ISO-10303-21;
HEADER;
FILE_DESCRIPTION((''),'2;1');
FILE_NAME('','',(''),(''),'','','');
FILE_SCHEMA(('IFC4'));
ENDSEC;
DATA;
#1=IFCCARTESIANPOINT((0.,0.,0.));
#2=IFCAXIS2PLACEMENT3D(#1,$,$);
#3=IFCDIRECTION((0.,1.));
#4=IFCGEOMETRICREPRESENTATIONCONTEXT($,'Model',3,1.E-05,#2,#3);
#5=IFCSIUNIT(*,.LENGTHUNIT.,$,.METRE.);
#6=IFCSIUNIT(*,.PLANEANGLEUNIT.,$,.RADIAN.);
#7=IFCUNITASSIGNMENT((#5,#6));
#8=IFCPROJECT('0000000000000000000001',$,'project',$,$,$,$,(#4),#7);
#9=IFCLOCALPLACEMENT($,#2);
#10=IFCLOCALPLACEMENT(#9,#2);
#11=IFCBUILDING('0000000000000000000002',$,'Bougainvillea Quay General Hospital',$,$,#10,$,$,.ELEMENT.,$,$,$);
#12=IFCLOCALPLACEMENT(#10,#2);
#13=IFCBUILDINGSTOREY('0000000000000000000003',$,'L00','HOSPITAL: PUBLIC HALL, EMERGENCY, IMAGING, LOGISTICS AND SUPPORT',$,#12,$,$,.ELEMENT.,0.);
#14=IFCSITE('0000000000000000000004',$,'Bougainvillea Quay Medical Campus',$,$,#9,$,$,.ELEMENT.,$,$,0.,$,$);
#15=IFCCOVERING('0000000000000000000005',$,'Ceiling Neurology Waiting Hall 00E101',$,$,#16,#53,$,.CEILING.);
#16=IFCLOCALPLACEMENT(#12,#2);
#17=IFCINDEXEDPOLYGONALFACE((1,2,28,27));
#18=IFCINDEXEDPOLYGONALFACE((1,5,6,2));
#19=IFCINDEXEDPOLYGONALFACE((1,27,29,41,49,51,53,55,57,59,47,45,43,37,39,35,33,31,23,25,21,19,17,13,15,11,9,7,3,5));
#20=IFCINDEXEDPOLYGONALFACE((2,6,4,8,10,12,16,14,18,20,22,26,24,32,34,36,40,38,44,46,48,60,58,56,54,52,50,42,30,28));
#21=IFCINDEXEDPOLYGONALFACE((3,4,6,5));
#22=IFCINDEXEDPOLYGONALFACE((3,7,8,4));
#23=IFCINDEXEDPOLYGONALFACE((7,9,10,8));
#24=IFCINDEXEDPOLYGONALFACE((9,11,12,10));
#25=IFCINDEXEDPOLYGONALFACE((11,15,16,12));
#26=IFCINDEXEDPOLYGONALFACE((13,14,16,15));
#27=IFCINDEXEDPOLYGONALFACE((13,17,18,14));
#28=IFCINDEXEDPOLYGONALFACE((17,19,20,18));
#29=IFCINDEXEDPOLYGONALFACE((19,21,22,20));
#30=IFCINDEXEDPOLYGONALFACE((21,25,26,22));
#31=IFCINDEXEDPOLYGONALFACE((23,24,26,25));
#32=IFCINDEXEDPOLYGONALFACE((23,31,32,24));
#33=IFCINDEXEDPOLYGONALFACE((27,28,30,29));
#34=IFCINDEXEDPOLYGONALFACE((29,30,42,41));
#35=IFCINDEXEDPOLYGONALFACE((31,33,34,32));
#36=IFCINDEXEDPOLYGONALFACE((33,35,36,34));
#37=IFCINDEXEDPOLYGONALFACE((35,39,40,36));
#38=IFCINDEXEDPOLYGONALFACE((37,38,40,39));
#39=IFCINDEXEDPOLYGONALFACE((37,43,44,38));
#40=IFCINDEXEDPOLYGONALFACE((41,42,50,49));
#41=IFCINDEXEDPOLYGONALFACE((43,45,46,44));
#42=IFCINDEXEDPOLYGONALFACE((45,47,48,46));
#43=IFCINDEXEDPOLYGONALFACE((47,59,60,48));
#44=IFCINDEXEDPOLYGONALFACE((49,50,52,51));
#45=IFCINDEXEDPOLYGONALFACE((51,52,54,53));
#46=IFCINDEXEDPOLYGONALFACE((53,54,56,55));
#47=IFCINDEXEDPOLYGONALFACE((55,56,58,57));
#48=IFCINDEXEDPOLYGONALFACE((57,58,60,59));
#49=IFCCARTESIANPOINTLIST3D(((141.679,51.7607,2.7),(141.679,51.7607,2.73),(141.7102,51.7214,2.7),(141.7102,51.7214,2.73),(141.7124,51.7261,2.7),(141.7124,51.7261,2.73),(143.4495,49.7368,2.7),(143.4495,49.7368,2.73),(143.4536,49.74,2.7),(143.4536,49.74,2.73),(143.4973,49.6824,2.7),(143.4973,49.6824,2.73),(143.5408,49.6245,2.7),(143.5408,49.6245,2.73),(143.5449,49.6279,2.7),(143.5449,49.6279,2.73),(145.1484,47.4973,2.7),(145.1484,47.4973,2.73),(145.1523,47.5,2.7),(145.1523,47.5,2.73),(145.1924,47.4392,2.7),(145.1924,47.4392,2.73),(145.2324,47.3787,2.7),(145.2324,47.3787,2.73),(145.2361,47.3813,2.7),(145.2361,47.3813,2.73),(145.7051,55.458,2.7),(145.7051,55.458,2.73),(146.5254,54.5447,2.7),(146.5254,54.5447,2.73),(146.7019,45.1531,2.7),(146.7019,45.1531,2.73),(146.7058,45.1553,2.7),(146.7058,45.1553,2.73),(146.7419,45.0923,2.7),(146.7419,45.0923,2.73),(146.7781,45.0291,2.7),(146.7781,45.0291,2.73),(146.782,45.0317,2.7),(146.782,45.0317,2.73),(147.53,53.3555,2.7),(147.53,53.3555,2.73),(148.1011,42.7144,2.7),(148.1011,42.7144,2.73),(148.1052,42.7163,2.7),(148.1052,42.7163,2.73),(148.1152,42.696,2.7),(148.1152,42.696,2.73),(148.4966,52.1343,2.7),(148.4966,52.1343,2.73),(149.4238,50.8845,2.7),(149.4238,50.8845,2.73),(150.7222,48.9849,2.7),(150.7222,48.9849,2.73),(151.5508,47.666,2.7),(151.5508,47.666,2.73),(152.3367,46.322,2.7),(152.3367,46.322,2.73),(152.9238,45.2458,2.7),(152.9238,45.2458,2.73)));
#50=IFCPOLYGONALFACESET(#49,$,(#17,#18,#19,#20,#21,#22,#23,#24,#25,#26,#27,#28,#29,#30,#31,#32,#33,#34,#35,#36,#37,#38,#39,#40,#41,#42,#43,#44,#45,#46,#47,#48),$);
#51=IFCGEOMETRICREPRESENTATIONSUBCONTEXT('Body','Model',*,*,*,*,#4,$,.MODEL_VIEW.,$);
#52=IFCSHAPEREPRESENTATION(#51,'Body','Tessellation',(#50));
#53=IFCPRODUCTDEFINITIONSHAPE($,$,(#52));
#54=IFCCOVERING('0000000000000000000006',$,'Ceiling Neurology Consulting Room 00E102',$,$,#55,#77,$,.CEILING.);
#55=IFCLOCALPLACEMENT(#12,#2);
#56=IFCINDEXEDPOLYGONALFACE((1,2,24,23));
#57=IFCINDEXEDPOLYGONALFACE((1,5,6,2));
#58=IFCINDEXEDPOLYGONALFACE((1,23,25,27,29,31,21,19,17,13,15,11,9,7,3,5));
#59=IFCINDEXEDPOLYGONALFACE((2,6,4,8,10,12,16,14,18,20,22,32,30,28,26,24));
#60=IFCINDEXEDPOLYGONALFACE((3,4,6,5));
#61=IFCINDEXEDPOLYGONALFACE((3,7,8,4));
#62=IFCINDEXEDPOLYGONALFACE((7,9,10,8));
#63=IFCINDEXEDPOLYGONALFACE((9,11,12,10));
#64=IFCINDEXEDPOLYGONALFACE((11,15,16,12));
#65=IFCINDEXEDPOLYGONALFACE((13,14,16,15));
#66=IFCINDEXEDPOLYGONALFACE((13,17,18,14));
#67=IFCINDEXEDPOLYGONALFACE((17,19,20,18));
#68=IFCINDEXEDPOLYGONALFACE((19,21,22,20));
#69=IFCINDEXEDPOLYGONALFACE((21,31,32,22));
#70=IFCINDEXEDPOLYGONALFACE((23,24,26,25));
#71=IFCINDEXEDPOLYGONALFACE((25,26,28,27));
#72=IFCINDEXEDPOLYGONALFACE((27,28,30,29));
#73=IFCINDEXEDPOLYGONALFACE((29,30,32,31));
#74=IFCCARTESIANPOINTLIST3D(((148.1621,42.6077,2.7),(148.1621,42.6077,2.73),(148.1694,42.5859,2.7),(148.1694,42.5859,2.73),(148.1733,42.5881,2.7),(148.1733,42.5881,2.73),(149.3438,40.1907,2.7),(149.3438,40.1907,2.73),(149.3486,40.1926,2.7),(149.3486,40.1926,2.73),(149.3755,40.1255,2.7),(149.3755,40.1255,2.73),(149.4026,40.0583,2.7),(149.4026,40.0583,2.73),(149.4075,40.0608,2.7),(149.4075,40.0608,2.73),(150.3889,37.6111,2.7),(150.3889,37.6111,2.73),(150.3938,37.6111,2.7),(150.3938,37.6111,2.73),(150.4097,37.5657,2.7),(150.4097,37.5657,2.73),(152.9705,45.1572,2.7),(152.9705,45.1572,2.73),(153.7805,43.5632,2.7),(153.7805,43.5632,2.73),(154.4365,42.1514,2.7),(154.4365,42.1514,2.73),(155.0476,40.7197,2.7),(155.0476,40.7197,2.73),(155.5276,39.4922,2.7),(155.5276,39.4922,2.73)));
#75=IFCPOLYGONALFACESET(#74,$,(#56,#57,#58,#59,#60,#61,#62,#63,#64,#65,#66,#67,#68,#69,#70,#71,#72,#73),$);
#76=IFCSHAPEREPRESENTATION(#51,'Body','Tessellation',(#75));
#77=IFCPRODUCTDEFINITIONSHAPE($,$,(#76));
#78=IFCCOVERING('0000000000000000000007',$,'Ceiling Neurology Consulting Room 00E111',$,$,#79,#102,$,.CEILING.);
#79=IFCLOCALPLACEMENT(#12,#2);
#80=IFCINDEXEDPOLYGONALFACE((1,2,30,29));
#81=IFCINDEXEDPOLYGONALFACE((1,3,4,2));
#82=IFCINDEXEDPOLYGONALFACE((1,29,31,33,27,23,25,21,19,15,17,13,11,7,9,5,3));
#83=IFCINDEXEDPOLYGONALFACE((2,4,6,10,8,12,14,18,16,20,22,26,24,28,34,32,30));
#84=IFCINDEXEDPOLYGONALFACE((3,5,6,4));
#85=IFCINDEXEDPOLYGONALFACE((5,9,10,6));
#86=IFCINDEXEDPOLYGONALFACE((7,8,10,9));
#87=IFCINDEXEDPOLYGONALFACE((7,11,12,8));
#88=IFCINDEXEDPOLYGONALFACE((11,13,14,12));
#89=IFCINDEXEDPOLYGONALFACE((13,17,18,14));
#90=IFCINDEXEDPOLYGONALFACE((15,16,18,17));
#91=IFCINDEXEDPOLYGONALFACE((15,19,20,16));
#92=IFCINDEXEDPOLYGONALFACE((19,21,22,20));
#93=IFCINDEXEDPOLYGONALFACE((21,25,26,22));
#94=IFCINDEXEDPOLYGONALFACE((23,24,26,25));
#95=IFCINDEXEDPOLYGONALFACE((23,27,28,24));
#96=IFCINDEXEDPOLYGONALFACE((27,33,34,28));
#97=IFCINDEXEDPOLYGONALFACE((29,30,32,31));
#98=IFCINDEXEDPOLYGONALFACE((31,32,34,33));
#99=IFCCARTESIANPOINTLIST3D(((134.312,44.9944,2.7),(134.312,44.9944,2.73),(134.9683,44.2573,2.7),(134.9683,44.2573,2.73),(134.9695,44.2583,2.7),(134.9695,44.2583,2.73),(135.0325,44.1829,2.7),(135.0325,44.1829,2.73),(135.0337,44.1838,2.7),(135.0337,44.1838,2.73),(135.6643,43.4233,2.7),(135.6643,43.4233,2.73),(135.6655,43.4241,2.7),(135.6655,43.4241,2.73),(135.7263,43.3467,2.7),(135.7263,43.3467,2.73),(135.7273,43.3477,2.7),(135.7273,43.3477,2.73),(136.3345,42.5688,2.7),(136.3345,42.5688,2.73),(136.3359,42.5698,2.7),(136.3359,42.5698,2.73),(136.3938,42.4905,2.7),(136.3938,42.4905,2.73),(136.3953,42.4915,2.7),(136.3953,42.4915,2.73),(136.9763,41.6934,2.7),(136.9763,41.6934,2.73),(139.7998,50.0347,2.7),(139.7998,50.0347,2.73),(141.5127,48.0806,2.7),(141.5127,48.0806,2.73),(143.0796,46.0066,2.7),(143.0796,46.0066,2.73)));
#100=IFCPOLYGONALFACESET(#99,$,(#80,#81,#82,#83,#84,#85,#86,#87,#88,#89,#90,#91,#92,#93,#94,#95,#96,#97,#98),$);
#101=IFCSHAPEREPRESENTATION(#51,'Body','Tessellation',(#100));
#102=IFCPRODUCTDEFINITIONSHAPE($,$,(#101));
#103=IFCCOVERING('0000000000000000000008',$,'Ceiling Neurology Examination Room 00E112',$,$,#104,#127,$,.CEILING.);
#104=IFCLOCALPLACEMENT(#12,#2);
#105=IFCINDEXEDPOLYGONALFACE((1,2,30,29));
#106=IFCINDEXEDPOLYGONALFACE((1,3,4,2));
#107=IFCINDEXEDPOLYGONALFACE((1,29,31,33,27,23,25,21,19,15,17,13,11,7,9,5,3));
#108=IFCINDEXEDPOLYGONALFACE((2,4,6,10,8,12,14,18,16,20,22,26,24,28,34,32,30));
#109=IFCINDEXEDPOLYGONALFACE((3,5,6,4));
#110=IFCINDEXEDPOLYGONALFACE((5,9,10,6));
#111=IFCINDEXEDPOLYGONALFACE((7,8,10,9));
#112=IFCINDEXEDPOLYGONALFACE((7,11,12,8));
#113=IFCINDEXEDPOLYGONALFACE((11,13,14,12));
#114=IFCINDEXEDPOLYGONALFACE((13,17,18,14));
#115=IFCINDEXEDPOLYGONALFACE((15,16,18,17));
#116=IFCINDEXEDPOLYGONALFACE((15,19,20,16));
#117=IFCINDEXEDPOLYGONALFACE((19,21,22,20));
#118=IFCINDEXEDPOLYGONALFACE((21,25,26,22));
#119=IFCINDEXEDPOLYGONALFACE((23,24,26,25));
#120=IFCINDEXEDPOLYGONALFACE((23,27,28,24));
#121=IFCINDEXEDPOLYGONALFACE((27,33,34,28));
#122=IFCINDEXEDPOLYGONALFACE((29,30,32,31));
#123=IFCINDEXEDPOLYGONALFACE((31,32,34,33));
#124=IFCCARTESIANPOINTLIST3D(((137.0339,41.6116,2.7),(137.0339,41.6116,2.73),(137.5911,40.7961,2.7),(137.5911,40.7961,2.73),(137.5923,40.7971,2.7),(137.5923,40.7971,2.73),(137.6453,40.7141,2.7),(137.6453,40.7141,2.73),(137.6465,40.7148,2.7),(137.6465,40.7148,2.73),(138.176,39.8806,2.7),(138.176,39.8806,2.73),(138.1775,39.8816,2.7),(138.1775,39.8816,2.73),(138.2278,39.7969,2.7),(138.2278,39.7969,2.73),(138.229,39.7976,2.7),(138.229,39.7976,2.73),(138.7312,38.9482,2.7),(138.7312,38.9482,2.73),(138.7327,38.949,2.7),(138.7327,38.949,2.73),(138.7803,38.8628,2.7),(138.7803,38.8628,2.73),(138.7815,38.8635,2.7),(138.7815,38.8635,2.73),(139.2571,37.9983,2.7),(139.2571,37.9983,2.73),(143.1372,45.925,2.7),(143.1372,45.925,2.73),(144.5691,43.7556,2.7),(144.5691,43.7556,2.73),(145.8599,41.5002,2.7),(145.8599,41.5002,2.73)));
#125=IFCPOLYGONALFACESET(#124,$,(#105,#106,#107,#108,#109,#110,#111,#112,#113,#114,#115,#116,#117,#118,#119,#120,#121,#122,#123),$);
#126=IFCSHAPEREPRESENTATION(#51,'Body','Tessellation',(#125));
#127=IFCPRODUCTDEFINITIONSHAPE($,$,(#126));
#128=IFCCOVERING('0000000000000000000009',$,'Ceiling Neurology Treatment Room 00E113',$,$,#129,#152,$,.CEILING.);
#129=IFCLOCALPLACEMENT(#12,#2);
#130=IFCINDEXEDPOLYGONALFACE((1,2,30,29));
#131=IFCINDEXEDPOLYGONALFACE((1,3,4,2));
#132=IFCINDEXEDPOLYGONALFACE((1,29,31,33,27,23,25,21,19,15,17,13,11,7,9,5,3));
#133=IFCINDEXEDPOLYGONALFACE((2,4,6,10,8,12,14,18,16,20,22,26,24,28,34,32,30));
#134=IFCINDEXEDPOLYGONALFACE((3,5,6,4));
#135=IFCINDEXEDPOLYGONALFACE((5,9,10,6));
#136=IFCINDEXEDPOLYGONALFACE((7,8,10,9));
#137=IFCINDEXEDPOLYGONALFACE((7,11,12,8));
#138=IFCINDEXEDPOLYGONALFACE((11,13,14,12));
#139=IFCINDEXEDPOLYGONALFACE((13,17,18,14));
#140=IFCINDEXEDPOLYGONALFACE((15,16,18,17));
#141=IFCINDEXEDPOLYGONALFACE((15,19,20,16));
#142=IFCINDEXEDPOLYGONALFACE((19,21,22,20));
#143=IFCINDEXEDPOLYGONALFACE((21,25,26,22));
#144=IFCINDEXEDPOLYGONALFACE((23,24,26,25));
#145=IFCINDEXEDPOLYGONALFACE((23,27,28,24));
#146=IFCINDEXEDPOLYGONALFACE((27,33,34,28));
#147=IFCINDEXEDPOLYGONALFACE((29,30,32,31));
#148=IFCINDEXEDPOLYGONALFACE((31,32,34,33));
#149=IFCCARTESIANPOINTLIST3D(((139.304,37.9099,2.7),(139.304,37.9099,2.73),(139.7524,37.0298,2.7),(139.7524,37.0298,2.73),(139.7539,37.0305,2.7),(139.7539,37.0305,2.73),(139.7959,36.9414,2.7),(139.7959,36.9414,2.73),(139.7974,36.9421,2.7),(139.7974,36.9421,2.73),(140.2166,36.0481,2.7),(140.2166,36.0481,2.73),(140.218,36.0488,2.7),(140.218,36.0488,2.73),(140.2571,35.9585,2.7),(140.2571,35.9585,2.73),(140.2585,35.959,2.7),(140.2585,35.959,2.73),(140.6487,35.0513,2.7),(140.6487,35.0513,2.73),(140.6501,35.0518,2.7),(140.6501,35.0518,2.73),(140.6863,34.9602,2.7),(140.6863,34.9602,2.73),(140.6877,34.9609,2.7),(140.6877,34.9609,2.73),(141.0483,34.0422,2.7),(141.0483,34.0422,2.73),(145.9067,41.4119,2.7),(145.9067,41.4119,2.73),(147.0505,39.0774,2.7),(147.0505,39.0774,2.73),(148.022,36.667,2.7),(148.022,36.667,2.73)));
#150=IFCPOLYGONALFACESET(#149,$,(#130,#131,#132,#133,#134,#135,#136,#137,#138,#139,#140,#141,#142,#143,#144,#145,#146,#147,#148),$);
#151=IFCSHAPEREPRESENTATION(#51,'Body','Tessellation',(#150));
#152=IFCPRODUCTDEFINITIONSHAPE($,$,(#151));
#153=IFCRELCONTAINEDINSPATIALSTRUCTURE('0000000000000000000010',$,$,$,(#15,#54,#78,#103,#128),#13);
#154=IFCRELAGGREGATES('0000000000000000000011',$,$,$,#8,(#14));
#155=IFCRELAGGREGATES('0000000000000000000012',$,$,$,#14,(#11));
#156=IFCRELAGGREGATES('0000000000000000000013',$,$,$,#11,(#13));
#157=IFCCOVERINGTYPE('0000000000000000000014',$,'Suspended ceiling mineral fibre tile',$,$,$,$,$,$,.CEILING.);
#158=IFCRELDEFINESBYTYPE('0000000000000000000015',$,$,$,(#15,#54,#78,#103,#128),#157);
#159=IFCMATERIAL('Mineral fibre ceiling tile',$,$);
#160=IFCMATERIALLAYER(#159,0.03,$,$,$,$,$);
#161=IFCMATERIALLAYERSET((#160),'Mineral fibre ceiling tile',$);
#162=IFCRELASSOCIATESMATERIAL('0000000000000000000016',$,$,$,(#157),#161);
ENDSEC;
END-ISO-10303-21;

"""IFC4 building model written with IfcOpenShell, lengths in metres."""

from ifc_helpers import new_model, si_unit, direction, frame, origin, place, context, subcontext, project, spatial, polyline, outline, extrude, material, layer, layer_set, type_object, element, save


model = new_model("IFC4")

# Units and contexts
model_context = context("Model", 3, precision=1e-05, world=origin(), true_north=direction((0.0, 1.0)))
body_context = subcontext(model_context, "Body", "Model", "MODEL_VIEW")
ifc_project = project(units=[si_unit("LENGTHUNIT", "METRE"), si_unit("PLANEANGLEUNIT", "RADIAN")], contexts=[model_context])

# Site, building, storey
site_placement = place(None, origin())
site = spatial("IfcSite", under=ifc_project, at=site_placement, Name="Bougainvillea Quay Medical Campus", CompositionType="ELEMENT", RefElevation=0.0)
building_placement = place(site_placement, origin())
building = spatial("IfcBuilding", under=site, at=building_placement, Name="Bougainvillea Quay General Hospital", CompositionType="ELEMENT")
storey_placement = place(building_placement, origin())
storey = spatial("IfcBuildingStorey", under=building, at=storey_placement, Name="L00", Description="HOSPITAL: PUBLIC HALL, EMERGENCY, IMAGING, LOGISTICS AND SUPPORT", CompositionType="ELEMENT", Elevation=0.0)

# Coverings
ifc_material_1 = material(Name="Mineral fibre ceiling tile")
ifc_layer_1 = layer(ifc_material_1, 0.03)
ifc_layer_set_1 = layer_set([ifc_layer_1], Name="Mineral fibre ceiling tile")
covering_type = type_object("IfcCoveringType", Name="Suspended ceiling mineral fibre tile", PredefinedType="CEILING", material=ifc_layer_set_1)
covering_1_placement = place(storey_placement, frame((0.0, 0.0, 2.7)))
element("IfcCovering", 1, at=covering_1_placement, inside=storey, type_object=covering_type, Name="Ceiling Neurology Waiting Hall 00E101", PredefinedType="CEILING", context=body_context, shape_type="SweptSolid", body=[
    extrude(outline(polyline([(141.679, 51.7607), (141.7124, 51.7261), (141.7102, 51.7214), (143.4495, 49.7368), (143.4536, 49.74), (143.4973, 49.6824), (143.5449, 49.6279), (143.5408, 49.6245), (145.1484, 47.4973), (145.1523, 47.5), (145.1924, 47.4392), (145.2361, 47.3813), (145.2324, 47.3787), (146.7019, 45.1531), (146.7058, 45.1553), (146.7419, 45.0923), (146.782, 45.0317), (146.7781, 45.0291), (148.1011, 42.7144), (148.1052, 42.7163), (148.1152, 42.696), (152.9238, 45.2458), (152.3367, 46.322), (151.5508, 47.666), (150.7222, 48.9849), (149.4238, 50.8845), (148.4966, 52.1343), (147.53, 53.3555), (146.5254, 54.5447), (145.7051, 55.458), (141.679, 51.7607)])), origin(), (0.0, 0.0, 1.0), 0.03),
])
covering_2_placement = place(storey_placement, frame((0.0, 0.0, 2.7)))
element("IfcCovering", 2, at=covering_2_placement, inside=storey, type_object=covering_type, Name="Ceiling Neurology Consulting Room 00E102", PredefinedType="CEILING", context=body_context, shape_type="SweptSolid", body=[
    extrude(outline(polyline([(150.4097, 37.5657), (155.5276, 39.4922), (155.0476, 40.7197), (154.4365, 42.1514), (153.7805, 43.5632), (152.9705, 45.1572), (148.1621, 42.6077), (148.1733, 42.5881), (148.1694, 42.5859), (149.3438, 40.1907), (149.3486, 40.1926), (149.3755, 40.1255), (149.4075, 40.0608), (149.4026, 40.0583), (150.3889, 37.6111), (150.3938, 37.6111), (150.4097, 37.5657)])), origin(), (0.0, 0.0, 1.0), 0.03),
])
covering_3_placement = place(storey_placement, frame((0.0, 0.0, 2.7)))
element("IfcCovering", 3, at=covering_3_placement, inside=storey, type_object=covering_type, Name="Ceiling Neurology Consulting Room 00E111", PredefinedType="CEILING", context=body_context, shape_type="SweptSolid", body=[
    extrude(outline(polyline([(135.0337, 44.1838), (135.0325, 44.1829), (135.6643, 43.4233), (135.6655, 43.4241), (135.7273, 43.3477), (135.7263, 43.3467), (136.3345, 42.5688), (136.3359, 42.5698), (136.3953, 42.4915), (136.3938, 42.4905), (136.9763, 41.6934), (143.0796, 46.0066), (141.5127, 48.0806), (139.7998, 50.0347), (134.312, 44.9944), (134.9683, 44.2573), (134.9695, 44.2583), (135.0337, 44.1838)])), origin(), (0.0, 0.0, 1.0), 0.03),
])
covering_4_placement = place(storey_placement, frame((0.0, 0.0, 2.7)))
element("IfcCovering", 4, at=covering_4_placement, inside=storey, type_object=covering_type, Name="Ceiling Neurology Examination Room 00E112", PredefinedType="CEILING", context=body_context, shape_type="SweptSolid", body=[
    extrude(outline(polyline([(138.176, 39.8806), (138.1775, 39.8816), (138.229, 39.7976), (138.2278, 39.7969), (138.7312, 38.9482), (138.7327, 38.949), (138.7815, 38.8635), (138.7803, 38.8628), (139.2571, 37.9983), (145.8599, 41.5002), (144.5691, 43.7556), (143.1372, 45.925), (137.0339, 41.6116), (137.5911, 40.7961), (137.5923, 40.7971), (137.6465, 40.7148), (137.6453, 40.7141), (138.176, 39.8806)])), origin(), (0.0, 0.0, 1.0), 0.03),
])
covering_5_placement = place(storey_placement, frame((0.0, 0.0, 2.7)))
element("IfcCovering", 5, at=covering_5_placement, inside=storey, type_object=covering_type, Name="Ceiling Neurology Treatment Room 00E113", PredefinedType="CEILING", context=body_context, shape_type="SweptSolid", body=[
    extrude(outline(polyline([(139.304, 37.9099), (139.7524, 37.0298), (139.7539, 37.0305), (139.7974, 36.9421), (139.7959, 36.9414), (140.2166, 36.0481), (140.218, 36.0488), (140.2585, 35.959), (140.2571, 35.9585), (140.6487, 35.0513), (140.6501, 35.0518), (140.6877, 34.9609), (140.6863, 34.9602), (141.0483, 34.0422), (148.022, 36.667), (147.0505, 39.0774), (145.9067, 41.4119), (139.304, 37.9099)])), origin(), (0.0, 0.0, 1.0), 0.03),
])

save(model, "model.ifc")
